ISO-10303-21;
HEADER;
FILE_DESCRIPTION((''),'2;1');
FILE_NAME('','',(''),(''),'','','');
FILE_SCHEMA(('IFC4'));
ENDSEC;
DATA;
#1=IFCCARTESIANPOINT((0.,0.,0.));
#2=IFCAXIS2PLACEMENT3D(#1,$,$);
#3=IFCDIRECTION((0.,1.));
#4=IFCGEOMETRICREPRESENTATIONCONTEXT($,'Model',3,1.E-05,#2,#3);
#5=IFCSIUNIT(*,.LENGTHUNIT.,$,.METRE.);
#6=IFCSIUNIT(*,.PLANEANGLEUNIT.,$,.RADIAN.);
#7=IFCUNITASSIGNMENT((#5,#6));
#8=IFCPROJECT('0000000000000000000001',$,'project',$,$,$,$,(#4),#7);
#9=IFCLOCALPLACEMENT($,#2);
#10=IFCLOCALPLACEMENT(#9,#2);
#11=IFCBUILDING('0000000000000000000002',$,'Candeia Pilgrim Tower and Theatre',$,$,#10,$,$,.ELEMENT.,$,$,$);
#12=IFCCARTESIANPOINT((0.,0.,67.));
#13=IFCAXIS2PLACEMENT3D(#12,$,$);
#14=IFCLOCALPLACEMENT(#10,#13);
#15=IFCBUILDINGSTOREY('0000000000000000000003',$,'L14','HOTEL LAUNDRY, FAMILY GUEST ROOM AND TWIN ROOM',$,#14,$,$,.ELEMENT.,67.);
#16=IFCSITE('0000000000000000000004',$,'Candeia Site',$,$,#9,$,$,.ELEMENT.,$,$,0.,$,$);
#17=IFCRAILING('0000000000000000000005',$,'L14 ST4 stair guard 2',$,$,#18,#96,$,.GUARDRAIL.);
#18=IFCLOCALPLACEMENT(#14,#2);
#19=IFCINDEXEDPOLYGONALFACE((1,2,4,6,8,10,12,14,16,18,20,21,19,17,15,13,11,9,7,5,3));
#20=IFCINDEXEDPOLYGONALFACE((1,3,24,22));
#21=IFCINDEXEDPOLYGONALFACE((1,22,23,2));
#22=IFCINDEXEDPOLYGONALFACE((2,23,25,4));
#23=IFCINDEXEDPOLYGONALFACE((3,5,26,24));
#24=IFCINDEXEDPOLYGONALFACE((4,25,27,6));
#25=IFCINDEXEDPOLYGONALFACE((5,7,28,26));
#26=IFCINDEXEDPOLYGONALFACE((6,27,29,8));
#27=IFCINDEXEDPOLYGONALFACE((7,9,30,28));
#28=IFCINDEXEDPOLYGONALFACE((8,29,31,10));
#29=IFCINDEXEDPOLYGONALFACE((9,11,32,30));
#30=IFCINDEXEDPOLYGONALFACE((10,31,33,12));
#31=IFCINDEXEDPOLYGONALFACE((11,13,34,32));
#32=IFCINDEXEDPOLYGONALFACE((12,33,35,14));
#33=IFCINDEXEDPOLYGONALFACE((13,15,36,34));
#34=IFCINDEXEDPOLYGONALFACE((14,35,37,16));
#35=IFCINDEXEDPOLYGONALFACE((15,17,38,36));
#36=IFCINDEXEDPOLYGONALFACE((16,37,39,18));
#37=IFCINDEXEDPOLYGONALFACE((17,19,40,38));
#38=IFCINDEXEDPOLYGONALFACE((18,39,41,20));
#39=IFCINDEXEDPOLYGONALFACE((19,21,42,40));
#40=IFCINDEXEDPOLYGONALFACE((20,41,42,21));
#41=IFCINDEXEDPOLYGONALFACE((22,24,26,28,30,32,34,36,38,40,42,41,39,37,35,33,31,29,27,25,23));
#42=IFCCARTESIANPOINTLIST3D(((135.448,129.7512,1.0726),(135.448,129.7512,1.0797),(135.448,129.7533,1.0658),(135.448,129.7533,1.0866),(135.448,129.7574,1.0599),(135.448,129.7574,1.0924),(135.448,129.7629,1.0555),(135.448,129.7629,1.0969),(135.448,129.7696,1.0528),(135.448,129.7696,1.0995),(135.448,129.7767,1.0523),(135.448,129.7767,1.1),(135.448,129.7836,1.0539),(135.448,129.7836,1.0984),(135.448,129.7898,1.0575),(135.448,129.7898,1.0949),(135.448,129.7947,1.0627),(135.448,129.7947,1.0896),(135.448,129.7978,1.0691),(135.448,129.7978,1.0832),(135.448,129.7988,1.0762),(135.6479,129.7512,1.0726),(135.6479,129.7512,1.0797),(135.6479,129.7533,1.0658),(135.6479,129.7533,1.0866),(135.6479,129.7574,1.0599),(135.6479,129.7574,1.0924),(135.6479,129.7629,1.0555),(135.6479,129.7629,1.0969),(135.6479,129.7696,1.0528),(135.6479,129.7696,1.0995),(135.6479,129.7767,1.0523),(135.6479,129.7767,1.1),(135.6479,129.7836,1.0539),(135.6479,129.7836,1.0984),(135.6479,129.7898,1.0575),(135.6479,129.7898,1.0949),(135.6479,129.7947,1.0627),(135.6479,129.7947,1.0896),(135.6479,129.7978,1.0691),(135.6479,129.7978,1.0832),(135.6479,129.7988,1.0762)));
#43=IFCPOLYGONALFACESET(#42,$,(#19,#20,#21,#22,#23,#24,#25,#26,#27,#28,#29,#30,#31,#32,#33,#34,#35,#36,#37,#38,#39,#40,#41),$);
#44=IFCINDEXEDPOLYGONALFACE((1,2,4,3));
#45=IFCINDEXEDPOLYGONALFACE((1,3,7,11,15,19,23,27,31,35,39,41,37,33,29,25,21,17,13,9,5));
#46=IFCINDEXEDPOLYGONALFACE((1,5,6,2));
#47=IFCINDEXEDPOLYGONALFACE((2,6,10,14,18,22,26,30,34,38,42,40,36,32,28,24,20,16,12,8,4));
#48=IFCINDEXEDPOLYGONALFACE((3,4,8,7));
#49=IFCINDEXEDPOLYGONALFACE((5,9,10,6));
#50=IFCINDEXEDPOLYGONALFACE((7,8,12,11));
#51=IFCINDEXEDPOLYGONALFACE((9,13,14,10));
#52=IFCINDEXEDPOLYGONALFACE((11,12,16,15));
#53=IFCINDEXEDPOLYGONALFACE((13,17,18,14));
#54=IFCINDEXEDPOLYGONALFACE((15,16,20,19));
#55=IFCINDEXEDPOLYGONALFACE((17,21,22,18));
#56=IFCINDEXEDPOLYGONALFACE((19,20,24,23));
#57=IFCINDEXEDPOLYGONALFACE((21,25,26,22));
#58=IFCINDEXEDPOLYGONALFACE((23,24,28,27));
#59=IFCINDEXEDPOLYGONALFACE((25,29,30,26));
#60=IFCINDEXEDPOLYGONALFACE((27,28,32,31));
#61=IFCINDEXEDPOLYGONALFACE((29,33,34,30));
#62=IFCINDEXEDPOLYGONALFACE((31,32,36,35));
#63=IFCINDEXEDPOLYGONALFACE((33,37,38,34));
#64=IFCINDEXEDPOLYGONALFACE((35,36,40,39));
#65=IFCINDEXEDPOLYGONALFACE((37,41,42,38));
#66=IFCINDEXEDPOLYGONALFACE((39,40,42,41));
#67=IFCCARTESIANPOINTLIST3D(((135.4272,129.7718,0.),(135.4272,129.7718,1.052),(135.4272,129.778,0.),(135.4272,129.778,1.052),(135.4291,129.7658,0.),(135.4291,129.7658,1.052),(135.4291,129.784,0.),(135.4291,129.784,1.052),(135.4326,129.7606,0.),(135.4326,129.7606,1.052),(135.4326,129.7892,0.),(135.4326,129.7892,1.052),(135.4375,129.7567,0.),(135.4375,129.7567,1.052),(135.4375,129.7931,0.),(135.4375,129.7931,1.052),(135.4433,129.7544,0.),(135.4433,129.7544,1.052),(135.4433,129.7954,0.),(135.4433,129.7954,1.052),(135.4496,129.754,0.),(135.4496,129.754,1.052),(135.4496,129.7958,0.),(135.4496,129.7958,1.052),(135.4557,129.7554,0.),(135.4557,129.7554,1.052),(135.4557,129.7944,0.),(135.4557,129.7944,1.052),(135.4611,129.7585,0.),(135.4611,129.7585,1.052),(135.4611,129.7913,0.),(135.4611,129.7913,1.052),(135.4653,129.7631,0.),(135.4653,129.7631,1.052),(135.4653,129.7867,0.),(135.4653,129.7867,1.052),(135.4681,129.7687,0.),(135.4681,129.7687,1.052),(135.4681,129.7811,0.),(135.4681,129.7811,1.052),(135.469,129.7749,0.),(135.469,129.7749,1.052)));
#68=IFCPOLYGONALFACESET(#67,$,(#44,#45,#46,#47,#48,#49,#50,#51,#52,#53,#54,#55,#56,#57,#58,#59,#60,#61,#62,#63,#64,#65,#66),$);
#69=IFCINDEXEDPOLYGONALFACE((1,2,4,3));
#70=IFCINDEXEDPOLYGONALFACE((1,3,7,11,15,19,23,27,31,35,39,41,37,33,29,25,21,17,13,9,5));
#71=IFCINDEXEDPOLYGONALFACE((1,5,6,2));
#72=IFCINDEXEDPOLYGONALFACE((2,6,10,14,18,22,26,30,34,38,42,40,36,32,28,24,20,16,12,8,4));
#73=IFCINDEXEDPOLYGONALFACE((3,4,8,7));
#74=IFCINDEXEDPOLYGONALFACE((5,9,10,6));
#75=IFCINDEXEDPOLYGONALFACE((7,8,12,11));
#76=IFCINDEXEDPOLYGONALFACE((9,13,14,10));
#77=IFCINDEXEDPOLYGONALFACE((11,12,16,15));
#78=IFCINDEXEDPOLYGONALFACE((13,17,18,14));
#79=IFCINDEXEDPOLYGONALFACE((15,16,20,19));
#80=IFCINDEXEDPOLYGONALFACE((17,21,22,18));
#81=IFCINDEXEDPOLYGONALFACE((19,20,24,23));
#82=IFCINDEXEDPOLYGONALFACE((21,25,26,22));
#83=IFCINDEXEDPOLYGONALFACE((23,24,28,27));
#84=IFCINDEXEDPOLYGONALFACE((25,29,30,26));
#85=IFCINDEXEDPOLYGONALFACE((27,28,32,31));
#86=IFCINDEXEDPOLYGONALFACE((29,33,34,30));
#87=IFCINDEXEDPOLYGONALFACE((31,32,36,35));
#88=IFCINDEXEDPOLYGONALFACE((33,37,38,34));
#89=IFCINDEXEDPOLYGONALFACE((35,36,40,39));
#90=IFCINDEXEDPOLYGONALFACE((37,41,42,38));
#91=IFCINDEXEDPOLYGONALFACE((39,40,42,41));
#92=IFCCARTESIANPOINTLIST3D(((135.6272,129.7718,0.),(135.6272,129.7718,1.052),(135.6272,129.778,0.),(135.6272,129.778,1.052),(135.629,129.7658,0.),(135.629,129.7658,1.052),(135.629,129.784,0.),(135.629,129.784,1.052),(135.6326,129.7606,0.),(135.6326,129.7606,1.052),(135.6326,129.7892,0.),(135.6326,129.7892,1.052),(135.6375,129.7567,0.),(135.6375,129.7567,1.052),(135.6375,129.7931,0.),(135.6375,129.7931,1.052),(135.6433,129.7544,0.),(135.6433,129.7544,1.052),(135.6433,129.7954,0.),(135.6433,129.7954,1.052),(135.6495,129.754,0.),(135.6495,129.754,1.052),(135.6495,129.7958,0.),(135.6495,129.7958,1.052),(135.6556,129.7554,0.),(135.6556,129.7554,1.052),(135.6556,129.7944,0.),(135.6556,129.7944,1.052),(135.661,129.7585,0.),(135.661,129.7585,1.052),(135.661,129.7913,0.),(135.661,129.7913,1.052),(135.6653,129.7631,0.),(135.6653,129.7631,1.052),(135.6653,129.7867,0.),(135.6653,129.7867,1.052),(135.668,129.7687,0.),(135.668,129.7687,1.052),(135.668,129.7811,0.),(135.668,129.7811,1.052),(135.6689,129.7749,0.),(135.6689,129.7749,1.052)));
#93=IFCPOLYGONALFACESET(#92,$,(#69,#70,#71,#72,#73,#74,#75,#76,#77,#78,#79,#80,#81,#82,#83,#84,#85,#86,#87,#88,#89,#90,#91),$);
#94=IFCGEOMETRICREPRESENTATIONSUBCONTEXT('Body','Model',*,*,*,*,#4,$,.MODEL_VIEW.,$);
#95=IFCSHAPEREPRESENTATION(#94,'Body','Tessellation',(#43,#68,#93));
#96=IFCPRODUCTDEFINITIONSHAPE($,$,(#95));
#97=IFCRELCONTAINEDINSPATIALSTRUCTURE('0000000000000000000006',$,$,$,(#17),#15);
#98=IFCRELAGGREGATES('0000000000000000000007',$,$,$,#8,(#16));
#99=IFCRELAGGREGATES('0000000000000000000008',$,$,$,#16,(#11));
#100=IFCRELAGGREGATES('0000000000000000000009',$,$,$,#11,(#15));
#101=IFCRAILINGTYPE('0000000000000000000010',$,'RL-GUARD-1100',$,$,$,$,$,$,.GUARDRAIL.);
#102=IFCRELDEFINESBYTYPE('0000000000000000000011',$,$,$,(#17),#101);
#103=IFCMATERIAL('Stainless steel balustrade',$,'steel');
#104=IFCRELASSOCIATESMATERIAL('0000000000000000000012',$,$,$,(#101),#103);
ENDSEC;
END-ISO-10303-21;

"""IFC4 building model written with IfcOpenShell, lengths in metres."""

from ifc_helpers import new_model, si_unit, direction, frame, origin, origin_2d, place, context, subcontext, project, spatial, circle, extrude, material, type_object, element, save


model = new_model("IFC4")

# Units and contexts
model_context = context("Model", 3, precision=1e-05, world=origin(), true_north=direction((0.0, 1.0)))
body_context = subcontext(model_context, "Body", "Model", "MODEL_VIEW")
ifc_project = project(units=[si_unit("LENGTHUNIT", "METRE"), si_unit("PLANEANGLEUNIT", "RADIAN")], contexts=[model_context])

# Site, building, storey
site_placement = place(None, origin())
site = spatial("IfcSite", under=ifc_project, at=site_placement, Name="Candeia Site", CompositionType="ELEMENT", RefElevation=0.0)
building_placement = place(site_placement, origin())
building = spatial("IfcBuilding", under=site, at=building_placement, Name="Candeia Pilgrim Tower and Theatre", CompositionType="ELEMENT")
storey_placement = place(building_placement, frame((0.0, 0.0, 67.0)))
storey = spatial("IfcBuildingStorey", under=building, at=storey_placement, Name="L14", Description="HOTEL LAUNDRY, FAMILY GUEST ROOM AND TWIN ROOM", CompositionType="ELEMENT", Elevation=67.0)

# Railing
ifc_material_1 = material(Name="Stainless steel balustrade", Category="steel")
railing_type_1 = type_object("IfcRailingType", Name="RL-GUARD-1100", PredefinedType="GUARDRAIL", material=ifc_material_1)
railing_1_placement = place(storey_placement, frame((135.448, 129.7749, 0.0)))
element("IfcRailing", 1, at=railing_1_placement, inside=storey, type_object=railing_type_1, Name="L14 ST4 stair guard 2", PredefinedType="GUARDRAIL", context=body_context, shape_type="SweptSolid", body=[
    extrude(circle(Radius=0.0239, at=origin_2d()), frame((0.0, 0.0, 1.0762), z_axis=(1.0, 0.0, 0.0), x_axis=(0.0, 1.0, 0.0)), (0.0, 0.0, 1.0), 0.2),
    extrude(circle(Radius=0.021, at=origin_2d()), origin(), (0.0, 0.0, 1.0), 1.052),
    extrude(circle(Radius=0.021, at=origin_2d()), frame((0.2, 0.0, 0.0)), (0.0, 0.0, 1.0), 1.052),
])

save(model, "model.ifc")
